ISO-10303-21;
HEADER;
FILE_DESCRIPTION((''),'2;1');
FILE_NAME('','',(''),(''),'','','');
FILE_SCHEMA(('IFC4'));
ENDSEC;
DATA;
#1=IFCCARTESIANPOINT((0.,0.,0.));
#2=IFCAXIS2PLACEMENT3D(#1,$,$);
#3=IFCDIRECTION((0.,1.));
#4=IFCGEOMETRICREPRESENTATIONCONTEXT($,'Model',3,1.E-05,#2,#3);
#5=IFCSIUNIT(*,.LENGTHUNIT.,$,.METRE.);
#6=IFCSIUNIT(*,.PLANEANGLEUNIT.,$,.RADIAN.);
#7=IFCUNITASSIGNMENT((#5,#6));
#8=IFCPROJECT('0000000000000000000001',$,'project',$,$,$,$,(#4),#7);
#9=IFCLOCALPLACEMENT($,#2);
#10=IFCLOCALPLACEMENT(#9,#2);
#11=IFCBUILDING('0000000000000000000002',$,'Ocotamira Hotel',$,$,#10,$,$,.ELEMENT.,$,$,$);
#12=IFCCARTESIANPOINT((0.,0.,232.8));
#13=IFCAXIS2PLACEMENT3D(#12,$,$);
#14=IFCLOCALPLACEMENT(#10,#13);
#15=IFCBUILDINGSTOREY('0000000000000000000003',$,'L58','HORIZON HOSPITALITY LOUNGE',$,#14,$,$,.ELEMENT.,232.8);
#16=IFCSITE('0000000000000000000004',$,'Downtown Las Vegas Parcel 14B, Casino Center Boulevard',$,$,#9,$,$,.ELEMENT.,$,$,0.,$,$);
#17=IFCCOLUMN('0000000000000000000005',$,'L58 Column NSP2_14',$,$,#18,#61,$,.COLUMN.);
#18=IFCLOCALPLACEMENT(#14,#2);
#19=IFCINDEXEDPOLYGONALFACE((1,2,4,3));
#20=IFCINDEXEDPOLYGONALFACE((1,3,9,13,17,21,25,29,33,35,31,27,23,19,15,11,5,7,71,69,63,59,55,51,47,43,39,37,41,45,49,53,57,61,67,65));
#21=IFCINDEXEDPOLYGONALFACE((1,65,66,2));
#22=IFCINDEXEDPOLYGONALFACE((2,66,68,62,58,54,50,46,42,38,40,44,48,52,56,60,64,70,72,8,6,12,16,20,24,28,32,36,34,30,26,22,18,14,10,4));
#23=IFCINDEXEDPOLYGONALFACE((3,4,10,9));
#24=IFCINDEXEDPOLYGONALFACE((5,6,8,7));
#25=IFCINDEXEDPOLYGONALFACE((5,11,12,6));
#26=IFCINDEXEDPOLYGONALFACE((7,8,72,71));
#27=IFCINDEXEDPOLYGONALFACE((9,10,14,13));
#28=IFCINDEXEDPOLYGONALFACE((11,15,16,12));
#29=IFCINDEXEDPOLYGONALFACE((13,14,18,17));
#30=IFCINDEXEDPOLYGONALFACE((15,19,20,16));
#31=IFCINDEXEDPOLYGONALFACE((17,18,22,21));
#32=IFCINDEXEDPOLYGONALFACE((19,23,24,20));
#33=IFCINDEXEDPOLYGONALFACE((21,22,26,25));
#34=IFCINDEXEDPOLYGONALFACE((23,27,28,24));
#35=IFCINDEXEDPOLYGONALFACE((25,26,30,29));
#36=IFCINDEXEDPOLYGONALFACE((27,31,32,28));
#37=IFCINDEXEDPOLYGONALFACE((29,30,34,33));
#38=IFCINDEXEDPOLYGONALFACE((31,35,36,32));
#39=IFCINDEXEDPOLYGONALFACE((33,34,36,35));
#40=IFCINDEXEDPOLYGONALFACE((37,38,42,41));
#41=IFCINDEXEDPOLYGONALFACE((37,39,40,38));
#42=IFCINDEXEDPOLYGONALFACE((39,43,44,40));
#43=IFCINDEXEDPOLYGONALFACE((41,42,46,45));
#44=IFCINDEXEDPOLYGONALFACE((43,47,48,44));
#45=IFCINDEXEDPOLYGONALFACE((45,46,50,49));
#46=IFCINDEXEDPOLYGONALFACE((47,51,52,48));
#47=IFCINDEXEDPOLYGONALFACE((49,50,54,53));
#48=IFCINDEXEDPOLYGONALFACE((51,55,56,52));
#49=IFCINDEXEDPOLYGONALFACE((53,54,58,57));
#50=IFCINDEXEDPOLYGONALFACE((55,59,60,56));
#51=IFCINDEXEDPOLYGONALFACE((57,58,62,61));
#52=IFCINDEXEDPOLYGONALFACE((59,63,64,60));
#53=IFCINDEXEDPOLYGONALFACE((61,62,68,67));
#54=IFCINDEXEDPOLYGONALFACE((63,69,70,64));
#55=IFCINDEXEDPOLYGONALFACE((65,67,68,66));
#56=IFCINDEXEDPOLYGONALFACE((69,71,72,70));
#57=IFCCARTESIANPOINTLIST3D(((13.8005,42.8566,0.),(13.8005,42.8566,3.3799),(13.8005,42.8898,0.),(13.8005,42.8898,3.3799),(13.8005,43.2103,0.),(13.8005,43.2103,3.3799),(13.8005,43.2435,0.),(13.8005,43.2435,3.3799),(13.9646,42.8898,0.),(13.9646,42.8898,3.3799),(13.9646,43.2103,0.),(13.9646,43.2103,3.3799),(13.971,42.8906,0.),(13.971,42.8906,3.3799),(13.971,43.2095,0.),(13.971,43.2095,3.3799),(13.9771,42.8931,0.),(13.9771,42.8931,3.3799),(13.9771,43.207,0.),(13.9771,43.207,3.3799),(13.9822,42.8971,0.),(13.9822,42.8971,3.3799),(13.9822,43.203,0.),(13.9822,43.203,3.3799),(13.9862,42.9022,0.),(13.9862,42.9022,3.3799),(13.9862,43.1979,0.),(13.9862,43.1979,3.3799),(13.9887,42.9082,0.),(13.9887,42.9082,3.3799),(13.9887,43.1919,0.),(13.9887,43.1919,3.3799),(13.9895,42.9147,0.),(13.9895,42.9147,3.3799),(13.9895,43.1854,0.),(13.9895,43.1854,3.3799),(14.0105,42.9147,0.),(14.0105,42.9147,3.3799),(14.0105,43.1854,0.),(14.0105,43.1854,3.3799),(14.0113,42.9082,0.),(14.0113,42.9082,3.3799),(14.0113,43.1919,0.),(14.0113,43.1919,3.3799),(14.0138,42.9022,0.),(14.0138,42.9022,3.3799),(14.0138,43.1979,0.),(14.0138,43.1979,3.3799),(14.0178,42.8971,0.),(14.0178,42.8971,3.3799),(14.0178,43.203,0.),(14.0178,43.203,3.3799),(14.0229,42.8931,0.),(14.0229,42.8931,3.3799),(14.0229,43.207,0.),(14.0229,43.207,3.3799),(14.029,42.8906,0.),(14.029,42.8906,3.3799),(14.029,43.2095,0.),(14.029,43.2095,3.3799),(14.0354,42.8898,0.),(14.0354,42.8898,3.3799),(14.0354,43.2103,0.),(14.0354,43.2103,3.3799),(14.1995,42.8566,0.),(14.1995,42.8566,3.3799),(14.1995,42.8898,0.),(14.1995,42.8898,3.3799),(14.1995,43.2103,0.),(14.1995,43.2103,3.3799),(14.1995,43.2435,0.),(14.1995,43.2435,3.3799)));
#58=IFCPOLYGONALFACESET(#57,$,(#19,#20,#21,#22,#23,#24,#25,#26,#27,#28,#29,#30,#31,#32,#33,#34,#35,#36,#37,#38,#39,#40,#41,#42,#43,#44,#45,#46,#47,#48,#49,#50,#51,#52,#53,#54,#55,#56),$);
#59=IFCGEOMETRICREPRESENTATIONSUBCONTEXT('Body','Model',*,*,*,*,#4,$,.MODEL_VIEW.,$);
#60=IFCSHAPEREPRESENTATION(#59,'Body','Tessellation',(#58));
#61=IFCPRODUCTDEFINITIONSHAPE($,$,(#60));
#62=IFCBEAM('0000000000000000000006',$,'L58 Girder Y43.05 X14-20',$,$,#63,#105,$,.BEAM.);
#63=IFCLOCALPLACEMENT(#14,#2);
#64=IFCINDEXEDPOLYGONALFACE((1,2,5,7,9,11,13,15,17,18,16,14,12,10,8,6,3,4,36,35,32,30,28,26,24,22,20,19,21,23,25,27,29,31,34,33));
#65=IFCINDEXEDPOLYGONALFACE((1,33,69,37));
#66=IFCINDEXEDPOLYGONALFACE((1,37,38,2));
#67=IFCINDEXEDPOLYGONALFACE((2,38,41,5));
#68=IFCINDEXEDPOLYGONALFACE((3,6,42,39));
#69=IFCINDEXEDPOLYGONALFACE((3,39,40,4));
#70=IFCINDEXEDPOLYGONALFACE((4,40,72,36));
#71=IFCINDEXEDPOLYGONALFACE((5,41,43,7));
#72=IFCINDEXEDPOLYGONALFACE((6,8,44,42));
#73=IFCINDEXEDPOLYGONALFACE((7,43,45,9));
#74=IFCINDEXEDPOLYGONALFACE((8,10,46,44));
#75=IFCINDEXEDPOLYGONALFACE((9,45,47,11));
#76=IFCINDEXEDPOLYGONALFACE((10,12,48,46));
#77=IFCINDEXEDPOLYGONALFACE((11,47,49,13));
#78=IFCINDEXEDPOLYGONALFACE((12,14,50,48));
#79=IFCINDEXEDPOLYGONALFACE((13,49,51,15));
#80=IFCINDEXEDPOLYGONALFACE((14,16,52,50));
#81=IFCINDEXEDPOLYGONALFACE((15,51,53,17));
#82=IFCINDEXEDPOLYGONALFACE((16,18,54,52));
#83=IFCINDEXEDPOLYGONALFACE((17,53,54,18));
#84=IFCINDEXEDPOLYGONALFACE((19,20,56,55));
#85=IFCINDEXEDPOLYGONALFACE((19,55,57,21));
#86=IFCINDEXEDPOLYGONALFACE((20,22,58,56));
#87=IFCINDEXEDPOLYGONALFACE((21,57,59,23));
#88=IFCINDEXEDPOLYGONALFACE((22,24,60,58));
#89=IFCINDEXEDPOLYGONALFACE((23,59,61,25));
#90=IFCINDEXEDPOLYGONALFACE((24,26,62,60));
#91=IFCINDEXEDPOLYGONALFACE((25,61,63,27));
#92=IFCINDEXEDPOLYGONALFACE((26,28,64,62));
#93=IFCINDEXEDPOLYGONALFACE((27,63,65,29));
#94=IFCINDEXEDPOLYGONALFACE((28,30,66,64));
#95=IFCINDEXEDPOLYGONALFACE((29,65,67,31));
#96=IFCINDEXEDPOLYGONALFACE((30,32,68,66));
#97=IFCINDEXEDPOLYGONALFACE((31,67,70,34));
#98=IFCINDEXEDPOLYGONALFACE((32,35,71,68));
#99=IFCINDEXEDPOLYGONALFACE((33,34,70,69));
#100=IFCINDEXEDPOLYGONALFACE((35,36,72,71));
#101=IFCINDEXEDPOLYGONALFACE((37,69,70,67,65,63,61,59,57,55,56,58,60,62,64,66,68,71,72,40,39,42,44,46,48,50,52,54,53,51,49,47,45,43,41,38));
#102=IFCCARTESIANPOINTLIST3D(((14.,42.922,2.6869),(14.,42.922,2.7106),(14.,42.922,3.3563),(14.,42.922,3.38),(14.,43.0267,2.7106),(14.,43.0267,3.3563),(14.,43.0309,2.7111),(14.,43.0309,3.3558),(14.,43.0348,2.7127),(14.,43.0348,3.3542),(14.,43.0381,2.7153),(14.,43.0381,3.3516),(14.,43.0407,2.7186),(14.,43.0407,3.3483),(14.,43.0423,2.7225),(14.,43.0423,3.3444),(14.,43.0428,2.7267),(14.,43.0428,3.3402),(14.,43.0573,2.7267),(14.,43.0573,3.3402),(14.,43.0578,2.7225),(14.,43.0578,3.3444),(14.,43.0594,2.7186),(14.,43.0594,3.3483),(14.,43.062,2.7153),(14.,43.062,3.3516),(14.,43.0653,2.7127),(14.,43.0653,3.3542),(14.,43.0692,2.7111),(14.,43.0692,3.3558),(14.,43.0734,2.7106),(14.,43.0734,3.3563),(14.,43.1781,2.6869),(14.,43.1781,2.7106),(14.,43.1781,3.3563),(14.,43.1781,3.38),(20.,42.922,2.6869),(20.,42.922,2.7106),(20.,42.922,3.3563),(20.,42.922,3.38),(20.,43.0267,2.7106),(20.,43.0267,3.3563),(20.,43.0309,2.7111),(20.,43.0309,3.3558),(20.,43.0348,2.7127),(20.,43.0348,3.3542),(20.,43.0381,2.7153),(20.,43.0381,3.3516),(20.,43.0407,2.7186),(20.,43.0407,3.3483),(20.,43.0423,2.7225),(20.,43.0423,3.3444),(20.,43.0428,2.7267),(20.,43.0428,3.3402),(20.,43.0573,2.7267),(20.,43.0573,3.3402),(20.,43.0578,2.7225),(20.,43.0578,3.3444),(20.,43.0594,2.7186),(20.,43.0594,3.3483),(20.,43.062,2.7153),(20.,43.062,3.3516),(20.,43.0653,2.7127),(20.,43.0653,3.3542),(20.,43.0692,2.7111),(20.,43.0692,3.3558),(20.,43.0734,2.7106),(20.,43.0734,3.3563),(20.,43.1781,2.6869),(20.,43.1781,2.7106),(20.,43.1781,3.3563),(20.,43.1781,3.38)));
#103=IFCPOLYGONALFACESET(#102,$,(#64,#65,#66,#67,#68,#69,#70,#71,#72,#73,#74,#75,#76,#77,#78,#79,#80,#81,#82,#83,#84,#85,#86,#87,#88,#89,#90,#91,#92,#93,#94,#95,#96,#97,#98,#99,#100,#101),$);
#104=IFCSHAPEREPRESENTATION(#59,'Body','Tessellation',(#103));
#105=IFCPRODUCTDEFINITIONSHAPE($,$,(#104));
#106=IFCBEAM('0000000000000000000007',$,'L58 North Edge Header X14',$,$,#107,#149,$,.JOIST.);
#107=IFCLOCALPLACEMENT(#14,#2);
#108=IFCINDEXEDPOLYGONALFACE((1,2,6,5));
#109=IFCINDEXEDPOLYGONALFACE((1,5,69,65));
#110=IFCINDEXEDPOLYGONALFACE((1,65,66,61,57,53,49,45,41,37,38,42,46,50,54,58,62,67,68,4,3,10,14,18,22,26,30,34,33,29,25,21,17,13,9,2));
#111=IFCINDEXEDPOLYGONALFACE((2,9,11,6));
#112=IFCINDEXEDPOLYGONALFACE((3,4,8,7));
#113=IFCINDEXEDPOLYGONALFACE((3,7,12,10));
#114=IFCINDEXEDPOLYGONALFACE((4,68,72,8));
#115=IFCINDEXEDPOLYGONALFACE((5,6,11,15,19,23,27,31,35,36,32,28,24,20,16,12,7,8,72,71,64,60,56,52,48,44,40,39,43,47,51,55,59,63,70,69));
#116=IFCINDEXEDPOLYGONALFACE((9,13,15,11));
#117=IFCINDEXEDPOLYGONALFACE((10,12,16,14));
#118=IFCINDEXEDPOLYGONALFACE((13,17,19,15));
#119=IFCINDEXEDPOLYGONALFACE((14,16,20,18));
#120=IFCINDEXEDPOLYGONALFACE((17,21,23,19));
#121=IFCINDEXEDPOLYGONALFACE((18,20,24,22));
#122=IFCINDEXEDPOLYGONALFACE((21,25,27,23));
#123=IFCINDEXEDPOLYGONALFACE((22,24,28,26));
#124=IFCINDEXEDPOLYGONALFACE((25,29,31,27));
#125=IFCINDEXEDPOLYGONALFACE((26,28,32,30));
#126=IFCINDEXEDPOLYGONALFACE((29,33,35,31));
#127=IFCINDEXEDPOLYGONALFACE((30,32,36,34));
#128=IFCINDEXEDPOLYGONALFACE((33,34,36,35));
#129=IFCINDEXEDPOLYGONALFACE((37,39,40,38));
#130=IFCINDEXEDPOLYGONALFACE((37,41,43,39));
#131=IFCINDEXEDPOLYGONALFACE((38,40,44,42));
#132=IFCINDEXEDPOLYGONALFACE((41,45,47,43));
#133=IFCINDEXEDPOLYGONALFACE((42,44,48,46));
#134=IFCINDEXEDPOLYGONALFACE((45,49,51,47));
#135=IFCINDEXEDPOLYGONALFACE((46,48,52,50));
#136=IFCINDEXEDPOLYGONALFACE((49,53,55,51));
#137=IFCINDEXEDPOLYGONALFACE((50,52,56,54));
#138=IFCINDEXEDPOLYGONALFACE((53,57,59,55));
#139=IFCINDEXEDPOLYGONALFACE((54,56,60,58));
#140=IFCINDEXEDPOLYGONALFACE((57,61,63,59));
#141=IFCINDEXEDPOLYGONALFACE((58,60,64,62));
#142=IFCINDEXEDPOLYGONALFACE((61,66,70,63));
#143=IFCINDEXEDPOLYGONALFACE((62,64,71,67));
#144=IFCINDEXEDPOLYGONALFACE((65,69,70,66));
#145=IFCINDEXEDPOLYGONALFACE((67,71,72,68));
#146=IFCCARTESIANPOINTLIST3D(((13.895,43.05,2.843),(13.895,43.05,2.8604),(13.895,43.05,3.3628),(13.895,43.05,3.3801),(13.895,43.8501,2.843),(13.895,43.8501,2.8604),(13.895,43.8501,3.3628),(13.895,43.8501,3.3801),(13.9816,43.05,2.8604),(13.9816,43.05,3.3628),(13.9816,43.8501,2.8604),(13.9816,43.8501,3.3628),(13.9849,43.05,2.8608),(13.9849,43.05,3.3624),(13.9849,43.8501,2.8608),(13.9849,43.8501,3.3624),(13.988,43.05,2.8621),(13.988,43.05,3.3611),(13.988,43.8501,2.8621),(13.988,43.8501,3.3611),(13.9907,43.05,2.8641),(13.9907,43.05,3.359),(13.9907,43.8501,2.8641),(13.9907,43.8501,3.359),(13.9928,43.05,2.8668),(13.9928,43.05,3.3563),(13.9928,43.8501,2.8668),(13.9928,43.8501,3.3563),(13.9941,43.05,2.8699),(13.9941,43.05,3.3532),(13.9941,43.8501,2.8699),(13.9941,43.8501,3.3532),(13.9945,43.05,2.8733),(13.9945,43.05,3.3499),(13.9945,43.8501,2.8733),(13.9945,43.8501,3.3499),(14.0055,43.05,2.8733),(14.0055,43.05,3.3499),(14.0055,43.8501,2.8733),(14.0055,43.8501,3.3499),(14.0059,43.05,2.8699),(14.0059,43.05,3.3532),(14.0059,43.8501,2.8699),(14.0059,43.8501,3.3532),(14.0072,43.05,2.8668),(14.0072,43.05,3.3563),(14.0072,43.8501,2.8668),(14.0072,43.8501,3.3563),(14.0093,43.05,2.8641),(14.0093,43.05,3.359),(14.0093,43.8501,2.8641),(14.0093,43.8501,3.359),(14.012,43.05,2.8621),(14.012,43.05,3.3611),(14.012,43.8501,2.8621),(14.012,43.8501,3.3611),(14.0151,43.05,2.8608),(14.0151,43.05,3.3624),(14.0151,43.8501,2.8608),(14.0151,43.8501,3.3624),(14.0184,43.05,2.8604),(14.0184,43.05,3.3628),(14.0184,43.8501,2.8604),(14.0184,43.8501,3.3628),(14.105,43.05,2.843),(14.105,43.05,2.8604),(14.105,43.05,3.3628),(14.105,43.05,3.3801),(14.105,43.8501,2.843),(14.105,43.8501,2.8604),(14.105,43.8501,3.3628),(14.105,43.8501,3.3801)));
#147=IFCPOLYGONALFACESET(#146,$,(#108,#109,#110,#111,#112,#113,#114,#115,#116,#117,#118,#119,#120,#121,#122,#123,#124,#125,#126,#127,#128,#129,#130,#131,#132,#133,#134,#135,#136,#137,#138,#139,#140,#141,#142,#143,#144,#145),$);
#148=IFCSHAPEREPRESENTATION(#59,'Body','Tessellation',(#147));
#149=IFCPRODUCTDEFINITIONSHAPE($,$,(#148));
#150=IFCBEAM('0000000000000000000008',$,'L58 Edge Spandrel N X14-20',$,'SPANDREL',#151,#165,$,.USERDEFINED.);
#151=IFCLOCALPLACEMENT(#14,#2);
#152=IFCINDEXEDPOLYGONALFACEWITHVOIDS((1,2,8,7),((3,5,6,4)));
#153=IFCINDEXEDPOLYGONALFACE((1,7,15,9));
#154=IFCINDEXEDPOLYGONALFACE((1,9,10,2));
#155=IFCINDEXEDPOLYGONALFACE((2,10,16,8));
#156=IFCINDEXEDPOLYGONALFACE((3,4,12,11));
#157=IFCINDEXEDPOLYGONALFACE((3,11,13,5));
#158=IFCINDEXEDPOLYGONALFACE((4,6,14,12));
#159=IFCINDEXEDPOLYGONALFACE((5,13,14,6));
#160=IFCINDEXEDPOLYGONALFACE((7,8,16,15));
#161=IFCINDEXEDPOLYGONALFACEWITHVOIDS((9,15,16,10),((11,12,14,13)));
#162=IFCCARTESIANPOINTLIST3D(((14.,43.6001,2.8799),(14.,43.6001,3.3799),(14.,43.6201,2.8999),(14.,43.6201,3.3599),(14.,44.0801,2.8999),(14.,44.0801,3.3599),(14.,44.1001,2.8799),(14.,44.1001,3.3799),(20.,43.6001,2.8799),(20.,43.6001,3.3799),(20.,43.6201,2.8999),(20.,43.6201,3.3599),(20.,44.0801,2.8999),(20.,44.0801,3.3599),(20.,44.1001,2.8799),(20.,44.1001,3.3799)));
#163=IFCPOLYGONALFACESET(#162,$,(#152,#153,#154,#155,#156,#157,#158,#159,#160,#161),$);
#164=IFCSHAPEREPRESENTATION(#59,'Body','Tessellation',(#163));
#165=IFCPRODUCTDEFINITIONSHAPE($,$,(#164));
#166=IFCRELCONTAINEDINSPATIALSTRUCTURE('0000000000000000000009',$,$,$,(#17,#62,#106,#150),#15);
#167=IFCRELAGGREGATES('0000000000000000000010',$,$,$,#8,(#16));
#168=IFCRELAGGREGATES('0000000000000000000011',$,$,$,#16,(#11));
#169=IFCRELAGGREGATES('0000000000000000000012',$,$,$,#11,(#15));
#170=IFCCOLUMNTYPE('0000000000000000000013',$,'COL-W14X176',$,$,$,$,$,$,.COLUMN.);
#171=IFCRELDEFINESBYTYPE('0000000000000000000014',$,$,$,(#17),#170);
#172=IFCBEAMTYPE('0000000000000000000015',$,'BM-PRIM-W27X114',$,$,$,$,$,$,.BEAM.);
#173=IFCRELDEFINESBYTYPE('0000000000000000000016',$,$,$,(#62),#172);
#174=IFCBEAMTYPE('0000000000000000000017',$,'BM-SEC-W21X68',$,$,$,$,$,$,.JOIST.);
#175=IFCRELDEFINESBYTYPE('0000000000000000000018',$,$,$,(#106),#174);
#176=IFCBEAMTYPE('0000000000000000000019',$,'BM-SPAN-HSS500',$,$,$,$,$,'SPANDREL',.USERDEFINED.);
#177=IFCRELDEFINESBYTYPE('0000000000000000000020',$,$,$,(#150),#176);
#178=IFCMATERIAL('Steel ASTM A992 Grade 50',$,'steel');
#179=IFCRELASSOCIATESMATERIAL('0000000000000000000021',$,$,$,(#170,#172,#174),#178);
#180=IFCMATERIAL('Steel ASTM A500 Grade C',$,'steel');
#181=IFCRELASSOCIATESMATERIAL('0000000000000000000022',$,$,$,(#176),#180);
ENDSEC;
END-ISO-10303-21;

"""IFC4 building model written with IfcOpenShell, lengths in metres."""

from ifc_helpers import new_model, si_unit, direction, frame, origin, origin_2d, place, context, subcontext, project, spatial, hollow_rectangle, i_section, extrude, source, transform, mapped, material, material_profile, profile_set, type_object, element, save


model = new_model("IFC4")

# Units and contexts
model_context = context("Model", 3, precision=1e-05, world=origin(), true_north=direction((0.0, 1.0)))
body_context = subcontext(model_context, "Body", "Model", "MODEL_VIEW")
ifc_project = project(units=[si_unit("LENGTHUNIT", "METRE"), si_unit("PLANEANGLEUNIT", "RADIAN")], contexts=[model_context])

# Site, building, storey
site_placement = place(None, origin())
site = spatial("IfcSite", under=ifc_project, at=site_placement, Name="Downtown Las Vegas Parcel 14B, Casino Center Boulevard", CompositionType="ELEMENT", RefElevation=0.0)
building_placement = place(site_placement, origin())
building = spatial("IfcBuilding", under=site, at=building_placement, Name="Ocotamira Hotel", CompositionType="ELEMENT")
storey_placement = place(building_placement, frame((0.0, 0.0, 232.8)))
storey = spatial("IfcBuildingStorey", under=building, at=storey_placement, Name="L58", Description="HORIZON HOSPITALITY LOUNGE", CompositionType="ELEMENT", Elevation=232.8)

# Column
ifc_material_1 = material(Name="Steel ASTM A992 Grade 50", Category="steel")
ifc_material_profile_1 = material_profile(ifc_material_1, i_section(OverallWidth=0.3989, OverallDepth=0.387, WebThickness=0.021, FlangeThickness=0.0332, FilletRadius=0.0249, at=origin_2d()), Name="W14X176")
ifc_profile_set_1 = profile_set([ifc_material_profile_1], Name="Steel ASTM A992 Grade 50")
column_type = type_object("IfcColumnType", Name="COL-W14X176", PredefinedType="COLUMN", material=ifc_profile_set_1)
shared_shape_1 = source(origin(), body_context, "Body", "SweptSolid", [
    extrude(i_section(OverallWidth=0.3989, OverallDepth=0.387, WebThickness=0.021, FlangeThickness=0.0332, FilletRadius=0.0249, at=origin_2d()), origin(), (0.0, 0.0, 1.0), 3.3799),
])
column_placement = place(storey_placement, frame((14.0, 43.05, 0.0), z_axis=(0.0, 0.0, 1.0), x_axis=(1.0, 0.0, 0.0)))
element("IfcColumn", 1, at=column_placement, inside=storey, type_object=column_type, Name="L58 Column NSP2_14", PredefinedType="COLUMN", context=body_context, shape_type="MappedRepresentation", body=[
    mapped(shared_shape_1, transform((0.0, 0.0, 0.0), scale=1.0)),
])

# Beams
ifc_material_profile_2 = material_profile(ifc_material_1, i_section(OverallWidth=0.2561, OverallDepth=0.6931, WebThickness=0.0144, FlangeThickness=0.0237, FilletRadius=0.0161, at=origin_2d()), Name="W27X114")
ifc_profile_set_2 = profile_set([ifc_material_profile_2], Name="Steel ASTM A992 Grade 50")
beam_type_1 = type_object("IfcBeamType", Name="BM-PRIM-W27X114", PredefinedType="BEAM", material=ifc_profile_set_2)
shared_shape_2 = source(origin(), body_context, "Body", "SweptSolid", [
    extrude(i_section(OverallWidth=0.2561, OverallDepth=0.6931, WebThickness=0.0144, FlangeThickness=0.0237, FilletRadius=0.0161, at=origin_2d()), origin(), (0.0, 0.0, 1.0), 6.0),
])
beam_1_placement = place(storey_placement, frame((14.0, 43.05, 3.0334), z_axis=(1.0, 0.0, 0.0), x_axis=(0.0, 1.0, 0.0)))
element("IfcBeam", 2, at=beam_1_placement, inside=storey, type_object=beam_type_1, Name="L58 Girder Y43.05 X14-20", PredefinedType="BEAM", context=body_context, shape_type="MappedRepresentation", body=[
    mapped(shared_shape_2, transform((0.0, 0.0, 0.0), scale=1.0)),
])
ifc_material_profile_3 = material_profile(ifc_material_1, i_section(OverallWidth=0.21, OverallDepth=0.5371, WebThickness=0.011, FlangeThickness=0.0173, FilletRadius=0.0129, at=origin_2d()), Name="W21X68")
ifc_profile_set_3 = profile_set([ifc_material_profile_3], Name="Steel ASTM A992 Grade 50")
beam_type_2 = type_object("IfcBeamType", Name="BM-SEC-W21X68", PredefinedType="JOIST", material=ifc_profile_set_3)
shared_shape_3 = source(origin(), body_context, "Body", "SweptSolid", [
    extrude(i_section(OverallWidth=0.21, OverallDepth=0.5371, WebThickness=0.011, FlangeThickness=0.0173, FilletRadius=0.0129, at=origin_2d()), origin(), (0.0, 0.0, 1.0), 0.8),
])
beam_2_placement = place(storey_placement, frame((14.0, 43.05, 3.1116), z_axis=(0.0, 1.0, 0.0), x_axis=(-1.0, 0.0, 0.0)))
element("IfcBeam", 3, at=beam_2_placement, inside=storey, type_object=beam_type_2, Name="L58 North Edge Header X14", PredefinedType="JOIST", context=body_context, shape_type="MappedRepresentation", body=[
    mapped(shared_shape_3, transform((0.0, 0.0, 0.0), scale=1.0)),
])
ifc_material_2 = material(Name="Steel ASTM A500 Grade C", Category="steel")
ifc_material_profile_4 = material_profile(ifc_material_2, hollow_rectangle(XDim=0.5, YDim=0.5, WallThickness=0.02, at=origin_2d()), Name="HSS500X500X20")
ifc_profile_set_4 = profile_set([ifc_material_profile_4], Name="Steel ASTM A500 Grade C")
beam_type_3 = type_object("IfcBeamType", Name="BM-SPAN-HSS500", ElementType="SPANDREL", PredefinedType="USERDEFINED", material=ifc_profile_set_4)
shared_shape_4 = source(origin(), body_context, "Body", "SweptSolid", [
    extrude(hollow_rectangle(XDim=0.5, YDim=0.5, WallThickness=0.02, at=origin_2d()), origin(), (0.0, 0.0, 1.0), 6.0),
])
beam_3_placement = place(storey_placement, frame((14.0, 43.8501, 3.1299), z_axis=(1.0, 0.0, 0.0), x_axis=(0.0, 1.0, 0.0)))
element("IfcBeam", 4, at=beam_3_placement, inside=storey, type_object=beam_type_3, Name="L58 Edge Spandrel N X14-20", ObjectType="SPANDREL", PredefinedType="USERDEFINED", context=body_context, shape_type="MappedRepresentation", body=[
    mapped(shared_shape_4, transform((0.0, 0.0, 0.0), scale=1.0)),
])

save(model, "model.ifc")
